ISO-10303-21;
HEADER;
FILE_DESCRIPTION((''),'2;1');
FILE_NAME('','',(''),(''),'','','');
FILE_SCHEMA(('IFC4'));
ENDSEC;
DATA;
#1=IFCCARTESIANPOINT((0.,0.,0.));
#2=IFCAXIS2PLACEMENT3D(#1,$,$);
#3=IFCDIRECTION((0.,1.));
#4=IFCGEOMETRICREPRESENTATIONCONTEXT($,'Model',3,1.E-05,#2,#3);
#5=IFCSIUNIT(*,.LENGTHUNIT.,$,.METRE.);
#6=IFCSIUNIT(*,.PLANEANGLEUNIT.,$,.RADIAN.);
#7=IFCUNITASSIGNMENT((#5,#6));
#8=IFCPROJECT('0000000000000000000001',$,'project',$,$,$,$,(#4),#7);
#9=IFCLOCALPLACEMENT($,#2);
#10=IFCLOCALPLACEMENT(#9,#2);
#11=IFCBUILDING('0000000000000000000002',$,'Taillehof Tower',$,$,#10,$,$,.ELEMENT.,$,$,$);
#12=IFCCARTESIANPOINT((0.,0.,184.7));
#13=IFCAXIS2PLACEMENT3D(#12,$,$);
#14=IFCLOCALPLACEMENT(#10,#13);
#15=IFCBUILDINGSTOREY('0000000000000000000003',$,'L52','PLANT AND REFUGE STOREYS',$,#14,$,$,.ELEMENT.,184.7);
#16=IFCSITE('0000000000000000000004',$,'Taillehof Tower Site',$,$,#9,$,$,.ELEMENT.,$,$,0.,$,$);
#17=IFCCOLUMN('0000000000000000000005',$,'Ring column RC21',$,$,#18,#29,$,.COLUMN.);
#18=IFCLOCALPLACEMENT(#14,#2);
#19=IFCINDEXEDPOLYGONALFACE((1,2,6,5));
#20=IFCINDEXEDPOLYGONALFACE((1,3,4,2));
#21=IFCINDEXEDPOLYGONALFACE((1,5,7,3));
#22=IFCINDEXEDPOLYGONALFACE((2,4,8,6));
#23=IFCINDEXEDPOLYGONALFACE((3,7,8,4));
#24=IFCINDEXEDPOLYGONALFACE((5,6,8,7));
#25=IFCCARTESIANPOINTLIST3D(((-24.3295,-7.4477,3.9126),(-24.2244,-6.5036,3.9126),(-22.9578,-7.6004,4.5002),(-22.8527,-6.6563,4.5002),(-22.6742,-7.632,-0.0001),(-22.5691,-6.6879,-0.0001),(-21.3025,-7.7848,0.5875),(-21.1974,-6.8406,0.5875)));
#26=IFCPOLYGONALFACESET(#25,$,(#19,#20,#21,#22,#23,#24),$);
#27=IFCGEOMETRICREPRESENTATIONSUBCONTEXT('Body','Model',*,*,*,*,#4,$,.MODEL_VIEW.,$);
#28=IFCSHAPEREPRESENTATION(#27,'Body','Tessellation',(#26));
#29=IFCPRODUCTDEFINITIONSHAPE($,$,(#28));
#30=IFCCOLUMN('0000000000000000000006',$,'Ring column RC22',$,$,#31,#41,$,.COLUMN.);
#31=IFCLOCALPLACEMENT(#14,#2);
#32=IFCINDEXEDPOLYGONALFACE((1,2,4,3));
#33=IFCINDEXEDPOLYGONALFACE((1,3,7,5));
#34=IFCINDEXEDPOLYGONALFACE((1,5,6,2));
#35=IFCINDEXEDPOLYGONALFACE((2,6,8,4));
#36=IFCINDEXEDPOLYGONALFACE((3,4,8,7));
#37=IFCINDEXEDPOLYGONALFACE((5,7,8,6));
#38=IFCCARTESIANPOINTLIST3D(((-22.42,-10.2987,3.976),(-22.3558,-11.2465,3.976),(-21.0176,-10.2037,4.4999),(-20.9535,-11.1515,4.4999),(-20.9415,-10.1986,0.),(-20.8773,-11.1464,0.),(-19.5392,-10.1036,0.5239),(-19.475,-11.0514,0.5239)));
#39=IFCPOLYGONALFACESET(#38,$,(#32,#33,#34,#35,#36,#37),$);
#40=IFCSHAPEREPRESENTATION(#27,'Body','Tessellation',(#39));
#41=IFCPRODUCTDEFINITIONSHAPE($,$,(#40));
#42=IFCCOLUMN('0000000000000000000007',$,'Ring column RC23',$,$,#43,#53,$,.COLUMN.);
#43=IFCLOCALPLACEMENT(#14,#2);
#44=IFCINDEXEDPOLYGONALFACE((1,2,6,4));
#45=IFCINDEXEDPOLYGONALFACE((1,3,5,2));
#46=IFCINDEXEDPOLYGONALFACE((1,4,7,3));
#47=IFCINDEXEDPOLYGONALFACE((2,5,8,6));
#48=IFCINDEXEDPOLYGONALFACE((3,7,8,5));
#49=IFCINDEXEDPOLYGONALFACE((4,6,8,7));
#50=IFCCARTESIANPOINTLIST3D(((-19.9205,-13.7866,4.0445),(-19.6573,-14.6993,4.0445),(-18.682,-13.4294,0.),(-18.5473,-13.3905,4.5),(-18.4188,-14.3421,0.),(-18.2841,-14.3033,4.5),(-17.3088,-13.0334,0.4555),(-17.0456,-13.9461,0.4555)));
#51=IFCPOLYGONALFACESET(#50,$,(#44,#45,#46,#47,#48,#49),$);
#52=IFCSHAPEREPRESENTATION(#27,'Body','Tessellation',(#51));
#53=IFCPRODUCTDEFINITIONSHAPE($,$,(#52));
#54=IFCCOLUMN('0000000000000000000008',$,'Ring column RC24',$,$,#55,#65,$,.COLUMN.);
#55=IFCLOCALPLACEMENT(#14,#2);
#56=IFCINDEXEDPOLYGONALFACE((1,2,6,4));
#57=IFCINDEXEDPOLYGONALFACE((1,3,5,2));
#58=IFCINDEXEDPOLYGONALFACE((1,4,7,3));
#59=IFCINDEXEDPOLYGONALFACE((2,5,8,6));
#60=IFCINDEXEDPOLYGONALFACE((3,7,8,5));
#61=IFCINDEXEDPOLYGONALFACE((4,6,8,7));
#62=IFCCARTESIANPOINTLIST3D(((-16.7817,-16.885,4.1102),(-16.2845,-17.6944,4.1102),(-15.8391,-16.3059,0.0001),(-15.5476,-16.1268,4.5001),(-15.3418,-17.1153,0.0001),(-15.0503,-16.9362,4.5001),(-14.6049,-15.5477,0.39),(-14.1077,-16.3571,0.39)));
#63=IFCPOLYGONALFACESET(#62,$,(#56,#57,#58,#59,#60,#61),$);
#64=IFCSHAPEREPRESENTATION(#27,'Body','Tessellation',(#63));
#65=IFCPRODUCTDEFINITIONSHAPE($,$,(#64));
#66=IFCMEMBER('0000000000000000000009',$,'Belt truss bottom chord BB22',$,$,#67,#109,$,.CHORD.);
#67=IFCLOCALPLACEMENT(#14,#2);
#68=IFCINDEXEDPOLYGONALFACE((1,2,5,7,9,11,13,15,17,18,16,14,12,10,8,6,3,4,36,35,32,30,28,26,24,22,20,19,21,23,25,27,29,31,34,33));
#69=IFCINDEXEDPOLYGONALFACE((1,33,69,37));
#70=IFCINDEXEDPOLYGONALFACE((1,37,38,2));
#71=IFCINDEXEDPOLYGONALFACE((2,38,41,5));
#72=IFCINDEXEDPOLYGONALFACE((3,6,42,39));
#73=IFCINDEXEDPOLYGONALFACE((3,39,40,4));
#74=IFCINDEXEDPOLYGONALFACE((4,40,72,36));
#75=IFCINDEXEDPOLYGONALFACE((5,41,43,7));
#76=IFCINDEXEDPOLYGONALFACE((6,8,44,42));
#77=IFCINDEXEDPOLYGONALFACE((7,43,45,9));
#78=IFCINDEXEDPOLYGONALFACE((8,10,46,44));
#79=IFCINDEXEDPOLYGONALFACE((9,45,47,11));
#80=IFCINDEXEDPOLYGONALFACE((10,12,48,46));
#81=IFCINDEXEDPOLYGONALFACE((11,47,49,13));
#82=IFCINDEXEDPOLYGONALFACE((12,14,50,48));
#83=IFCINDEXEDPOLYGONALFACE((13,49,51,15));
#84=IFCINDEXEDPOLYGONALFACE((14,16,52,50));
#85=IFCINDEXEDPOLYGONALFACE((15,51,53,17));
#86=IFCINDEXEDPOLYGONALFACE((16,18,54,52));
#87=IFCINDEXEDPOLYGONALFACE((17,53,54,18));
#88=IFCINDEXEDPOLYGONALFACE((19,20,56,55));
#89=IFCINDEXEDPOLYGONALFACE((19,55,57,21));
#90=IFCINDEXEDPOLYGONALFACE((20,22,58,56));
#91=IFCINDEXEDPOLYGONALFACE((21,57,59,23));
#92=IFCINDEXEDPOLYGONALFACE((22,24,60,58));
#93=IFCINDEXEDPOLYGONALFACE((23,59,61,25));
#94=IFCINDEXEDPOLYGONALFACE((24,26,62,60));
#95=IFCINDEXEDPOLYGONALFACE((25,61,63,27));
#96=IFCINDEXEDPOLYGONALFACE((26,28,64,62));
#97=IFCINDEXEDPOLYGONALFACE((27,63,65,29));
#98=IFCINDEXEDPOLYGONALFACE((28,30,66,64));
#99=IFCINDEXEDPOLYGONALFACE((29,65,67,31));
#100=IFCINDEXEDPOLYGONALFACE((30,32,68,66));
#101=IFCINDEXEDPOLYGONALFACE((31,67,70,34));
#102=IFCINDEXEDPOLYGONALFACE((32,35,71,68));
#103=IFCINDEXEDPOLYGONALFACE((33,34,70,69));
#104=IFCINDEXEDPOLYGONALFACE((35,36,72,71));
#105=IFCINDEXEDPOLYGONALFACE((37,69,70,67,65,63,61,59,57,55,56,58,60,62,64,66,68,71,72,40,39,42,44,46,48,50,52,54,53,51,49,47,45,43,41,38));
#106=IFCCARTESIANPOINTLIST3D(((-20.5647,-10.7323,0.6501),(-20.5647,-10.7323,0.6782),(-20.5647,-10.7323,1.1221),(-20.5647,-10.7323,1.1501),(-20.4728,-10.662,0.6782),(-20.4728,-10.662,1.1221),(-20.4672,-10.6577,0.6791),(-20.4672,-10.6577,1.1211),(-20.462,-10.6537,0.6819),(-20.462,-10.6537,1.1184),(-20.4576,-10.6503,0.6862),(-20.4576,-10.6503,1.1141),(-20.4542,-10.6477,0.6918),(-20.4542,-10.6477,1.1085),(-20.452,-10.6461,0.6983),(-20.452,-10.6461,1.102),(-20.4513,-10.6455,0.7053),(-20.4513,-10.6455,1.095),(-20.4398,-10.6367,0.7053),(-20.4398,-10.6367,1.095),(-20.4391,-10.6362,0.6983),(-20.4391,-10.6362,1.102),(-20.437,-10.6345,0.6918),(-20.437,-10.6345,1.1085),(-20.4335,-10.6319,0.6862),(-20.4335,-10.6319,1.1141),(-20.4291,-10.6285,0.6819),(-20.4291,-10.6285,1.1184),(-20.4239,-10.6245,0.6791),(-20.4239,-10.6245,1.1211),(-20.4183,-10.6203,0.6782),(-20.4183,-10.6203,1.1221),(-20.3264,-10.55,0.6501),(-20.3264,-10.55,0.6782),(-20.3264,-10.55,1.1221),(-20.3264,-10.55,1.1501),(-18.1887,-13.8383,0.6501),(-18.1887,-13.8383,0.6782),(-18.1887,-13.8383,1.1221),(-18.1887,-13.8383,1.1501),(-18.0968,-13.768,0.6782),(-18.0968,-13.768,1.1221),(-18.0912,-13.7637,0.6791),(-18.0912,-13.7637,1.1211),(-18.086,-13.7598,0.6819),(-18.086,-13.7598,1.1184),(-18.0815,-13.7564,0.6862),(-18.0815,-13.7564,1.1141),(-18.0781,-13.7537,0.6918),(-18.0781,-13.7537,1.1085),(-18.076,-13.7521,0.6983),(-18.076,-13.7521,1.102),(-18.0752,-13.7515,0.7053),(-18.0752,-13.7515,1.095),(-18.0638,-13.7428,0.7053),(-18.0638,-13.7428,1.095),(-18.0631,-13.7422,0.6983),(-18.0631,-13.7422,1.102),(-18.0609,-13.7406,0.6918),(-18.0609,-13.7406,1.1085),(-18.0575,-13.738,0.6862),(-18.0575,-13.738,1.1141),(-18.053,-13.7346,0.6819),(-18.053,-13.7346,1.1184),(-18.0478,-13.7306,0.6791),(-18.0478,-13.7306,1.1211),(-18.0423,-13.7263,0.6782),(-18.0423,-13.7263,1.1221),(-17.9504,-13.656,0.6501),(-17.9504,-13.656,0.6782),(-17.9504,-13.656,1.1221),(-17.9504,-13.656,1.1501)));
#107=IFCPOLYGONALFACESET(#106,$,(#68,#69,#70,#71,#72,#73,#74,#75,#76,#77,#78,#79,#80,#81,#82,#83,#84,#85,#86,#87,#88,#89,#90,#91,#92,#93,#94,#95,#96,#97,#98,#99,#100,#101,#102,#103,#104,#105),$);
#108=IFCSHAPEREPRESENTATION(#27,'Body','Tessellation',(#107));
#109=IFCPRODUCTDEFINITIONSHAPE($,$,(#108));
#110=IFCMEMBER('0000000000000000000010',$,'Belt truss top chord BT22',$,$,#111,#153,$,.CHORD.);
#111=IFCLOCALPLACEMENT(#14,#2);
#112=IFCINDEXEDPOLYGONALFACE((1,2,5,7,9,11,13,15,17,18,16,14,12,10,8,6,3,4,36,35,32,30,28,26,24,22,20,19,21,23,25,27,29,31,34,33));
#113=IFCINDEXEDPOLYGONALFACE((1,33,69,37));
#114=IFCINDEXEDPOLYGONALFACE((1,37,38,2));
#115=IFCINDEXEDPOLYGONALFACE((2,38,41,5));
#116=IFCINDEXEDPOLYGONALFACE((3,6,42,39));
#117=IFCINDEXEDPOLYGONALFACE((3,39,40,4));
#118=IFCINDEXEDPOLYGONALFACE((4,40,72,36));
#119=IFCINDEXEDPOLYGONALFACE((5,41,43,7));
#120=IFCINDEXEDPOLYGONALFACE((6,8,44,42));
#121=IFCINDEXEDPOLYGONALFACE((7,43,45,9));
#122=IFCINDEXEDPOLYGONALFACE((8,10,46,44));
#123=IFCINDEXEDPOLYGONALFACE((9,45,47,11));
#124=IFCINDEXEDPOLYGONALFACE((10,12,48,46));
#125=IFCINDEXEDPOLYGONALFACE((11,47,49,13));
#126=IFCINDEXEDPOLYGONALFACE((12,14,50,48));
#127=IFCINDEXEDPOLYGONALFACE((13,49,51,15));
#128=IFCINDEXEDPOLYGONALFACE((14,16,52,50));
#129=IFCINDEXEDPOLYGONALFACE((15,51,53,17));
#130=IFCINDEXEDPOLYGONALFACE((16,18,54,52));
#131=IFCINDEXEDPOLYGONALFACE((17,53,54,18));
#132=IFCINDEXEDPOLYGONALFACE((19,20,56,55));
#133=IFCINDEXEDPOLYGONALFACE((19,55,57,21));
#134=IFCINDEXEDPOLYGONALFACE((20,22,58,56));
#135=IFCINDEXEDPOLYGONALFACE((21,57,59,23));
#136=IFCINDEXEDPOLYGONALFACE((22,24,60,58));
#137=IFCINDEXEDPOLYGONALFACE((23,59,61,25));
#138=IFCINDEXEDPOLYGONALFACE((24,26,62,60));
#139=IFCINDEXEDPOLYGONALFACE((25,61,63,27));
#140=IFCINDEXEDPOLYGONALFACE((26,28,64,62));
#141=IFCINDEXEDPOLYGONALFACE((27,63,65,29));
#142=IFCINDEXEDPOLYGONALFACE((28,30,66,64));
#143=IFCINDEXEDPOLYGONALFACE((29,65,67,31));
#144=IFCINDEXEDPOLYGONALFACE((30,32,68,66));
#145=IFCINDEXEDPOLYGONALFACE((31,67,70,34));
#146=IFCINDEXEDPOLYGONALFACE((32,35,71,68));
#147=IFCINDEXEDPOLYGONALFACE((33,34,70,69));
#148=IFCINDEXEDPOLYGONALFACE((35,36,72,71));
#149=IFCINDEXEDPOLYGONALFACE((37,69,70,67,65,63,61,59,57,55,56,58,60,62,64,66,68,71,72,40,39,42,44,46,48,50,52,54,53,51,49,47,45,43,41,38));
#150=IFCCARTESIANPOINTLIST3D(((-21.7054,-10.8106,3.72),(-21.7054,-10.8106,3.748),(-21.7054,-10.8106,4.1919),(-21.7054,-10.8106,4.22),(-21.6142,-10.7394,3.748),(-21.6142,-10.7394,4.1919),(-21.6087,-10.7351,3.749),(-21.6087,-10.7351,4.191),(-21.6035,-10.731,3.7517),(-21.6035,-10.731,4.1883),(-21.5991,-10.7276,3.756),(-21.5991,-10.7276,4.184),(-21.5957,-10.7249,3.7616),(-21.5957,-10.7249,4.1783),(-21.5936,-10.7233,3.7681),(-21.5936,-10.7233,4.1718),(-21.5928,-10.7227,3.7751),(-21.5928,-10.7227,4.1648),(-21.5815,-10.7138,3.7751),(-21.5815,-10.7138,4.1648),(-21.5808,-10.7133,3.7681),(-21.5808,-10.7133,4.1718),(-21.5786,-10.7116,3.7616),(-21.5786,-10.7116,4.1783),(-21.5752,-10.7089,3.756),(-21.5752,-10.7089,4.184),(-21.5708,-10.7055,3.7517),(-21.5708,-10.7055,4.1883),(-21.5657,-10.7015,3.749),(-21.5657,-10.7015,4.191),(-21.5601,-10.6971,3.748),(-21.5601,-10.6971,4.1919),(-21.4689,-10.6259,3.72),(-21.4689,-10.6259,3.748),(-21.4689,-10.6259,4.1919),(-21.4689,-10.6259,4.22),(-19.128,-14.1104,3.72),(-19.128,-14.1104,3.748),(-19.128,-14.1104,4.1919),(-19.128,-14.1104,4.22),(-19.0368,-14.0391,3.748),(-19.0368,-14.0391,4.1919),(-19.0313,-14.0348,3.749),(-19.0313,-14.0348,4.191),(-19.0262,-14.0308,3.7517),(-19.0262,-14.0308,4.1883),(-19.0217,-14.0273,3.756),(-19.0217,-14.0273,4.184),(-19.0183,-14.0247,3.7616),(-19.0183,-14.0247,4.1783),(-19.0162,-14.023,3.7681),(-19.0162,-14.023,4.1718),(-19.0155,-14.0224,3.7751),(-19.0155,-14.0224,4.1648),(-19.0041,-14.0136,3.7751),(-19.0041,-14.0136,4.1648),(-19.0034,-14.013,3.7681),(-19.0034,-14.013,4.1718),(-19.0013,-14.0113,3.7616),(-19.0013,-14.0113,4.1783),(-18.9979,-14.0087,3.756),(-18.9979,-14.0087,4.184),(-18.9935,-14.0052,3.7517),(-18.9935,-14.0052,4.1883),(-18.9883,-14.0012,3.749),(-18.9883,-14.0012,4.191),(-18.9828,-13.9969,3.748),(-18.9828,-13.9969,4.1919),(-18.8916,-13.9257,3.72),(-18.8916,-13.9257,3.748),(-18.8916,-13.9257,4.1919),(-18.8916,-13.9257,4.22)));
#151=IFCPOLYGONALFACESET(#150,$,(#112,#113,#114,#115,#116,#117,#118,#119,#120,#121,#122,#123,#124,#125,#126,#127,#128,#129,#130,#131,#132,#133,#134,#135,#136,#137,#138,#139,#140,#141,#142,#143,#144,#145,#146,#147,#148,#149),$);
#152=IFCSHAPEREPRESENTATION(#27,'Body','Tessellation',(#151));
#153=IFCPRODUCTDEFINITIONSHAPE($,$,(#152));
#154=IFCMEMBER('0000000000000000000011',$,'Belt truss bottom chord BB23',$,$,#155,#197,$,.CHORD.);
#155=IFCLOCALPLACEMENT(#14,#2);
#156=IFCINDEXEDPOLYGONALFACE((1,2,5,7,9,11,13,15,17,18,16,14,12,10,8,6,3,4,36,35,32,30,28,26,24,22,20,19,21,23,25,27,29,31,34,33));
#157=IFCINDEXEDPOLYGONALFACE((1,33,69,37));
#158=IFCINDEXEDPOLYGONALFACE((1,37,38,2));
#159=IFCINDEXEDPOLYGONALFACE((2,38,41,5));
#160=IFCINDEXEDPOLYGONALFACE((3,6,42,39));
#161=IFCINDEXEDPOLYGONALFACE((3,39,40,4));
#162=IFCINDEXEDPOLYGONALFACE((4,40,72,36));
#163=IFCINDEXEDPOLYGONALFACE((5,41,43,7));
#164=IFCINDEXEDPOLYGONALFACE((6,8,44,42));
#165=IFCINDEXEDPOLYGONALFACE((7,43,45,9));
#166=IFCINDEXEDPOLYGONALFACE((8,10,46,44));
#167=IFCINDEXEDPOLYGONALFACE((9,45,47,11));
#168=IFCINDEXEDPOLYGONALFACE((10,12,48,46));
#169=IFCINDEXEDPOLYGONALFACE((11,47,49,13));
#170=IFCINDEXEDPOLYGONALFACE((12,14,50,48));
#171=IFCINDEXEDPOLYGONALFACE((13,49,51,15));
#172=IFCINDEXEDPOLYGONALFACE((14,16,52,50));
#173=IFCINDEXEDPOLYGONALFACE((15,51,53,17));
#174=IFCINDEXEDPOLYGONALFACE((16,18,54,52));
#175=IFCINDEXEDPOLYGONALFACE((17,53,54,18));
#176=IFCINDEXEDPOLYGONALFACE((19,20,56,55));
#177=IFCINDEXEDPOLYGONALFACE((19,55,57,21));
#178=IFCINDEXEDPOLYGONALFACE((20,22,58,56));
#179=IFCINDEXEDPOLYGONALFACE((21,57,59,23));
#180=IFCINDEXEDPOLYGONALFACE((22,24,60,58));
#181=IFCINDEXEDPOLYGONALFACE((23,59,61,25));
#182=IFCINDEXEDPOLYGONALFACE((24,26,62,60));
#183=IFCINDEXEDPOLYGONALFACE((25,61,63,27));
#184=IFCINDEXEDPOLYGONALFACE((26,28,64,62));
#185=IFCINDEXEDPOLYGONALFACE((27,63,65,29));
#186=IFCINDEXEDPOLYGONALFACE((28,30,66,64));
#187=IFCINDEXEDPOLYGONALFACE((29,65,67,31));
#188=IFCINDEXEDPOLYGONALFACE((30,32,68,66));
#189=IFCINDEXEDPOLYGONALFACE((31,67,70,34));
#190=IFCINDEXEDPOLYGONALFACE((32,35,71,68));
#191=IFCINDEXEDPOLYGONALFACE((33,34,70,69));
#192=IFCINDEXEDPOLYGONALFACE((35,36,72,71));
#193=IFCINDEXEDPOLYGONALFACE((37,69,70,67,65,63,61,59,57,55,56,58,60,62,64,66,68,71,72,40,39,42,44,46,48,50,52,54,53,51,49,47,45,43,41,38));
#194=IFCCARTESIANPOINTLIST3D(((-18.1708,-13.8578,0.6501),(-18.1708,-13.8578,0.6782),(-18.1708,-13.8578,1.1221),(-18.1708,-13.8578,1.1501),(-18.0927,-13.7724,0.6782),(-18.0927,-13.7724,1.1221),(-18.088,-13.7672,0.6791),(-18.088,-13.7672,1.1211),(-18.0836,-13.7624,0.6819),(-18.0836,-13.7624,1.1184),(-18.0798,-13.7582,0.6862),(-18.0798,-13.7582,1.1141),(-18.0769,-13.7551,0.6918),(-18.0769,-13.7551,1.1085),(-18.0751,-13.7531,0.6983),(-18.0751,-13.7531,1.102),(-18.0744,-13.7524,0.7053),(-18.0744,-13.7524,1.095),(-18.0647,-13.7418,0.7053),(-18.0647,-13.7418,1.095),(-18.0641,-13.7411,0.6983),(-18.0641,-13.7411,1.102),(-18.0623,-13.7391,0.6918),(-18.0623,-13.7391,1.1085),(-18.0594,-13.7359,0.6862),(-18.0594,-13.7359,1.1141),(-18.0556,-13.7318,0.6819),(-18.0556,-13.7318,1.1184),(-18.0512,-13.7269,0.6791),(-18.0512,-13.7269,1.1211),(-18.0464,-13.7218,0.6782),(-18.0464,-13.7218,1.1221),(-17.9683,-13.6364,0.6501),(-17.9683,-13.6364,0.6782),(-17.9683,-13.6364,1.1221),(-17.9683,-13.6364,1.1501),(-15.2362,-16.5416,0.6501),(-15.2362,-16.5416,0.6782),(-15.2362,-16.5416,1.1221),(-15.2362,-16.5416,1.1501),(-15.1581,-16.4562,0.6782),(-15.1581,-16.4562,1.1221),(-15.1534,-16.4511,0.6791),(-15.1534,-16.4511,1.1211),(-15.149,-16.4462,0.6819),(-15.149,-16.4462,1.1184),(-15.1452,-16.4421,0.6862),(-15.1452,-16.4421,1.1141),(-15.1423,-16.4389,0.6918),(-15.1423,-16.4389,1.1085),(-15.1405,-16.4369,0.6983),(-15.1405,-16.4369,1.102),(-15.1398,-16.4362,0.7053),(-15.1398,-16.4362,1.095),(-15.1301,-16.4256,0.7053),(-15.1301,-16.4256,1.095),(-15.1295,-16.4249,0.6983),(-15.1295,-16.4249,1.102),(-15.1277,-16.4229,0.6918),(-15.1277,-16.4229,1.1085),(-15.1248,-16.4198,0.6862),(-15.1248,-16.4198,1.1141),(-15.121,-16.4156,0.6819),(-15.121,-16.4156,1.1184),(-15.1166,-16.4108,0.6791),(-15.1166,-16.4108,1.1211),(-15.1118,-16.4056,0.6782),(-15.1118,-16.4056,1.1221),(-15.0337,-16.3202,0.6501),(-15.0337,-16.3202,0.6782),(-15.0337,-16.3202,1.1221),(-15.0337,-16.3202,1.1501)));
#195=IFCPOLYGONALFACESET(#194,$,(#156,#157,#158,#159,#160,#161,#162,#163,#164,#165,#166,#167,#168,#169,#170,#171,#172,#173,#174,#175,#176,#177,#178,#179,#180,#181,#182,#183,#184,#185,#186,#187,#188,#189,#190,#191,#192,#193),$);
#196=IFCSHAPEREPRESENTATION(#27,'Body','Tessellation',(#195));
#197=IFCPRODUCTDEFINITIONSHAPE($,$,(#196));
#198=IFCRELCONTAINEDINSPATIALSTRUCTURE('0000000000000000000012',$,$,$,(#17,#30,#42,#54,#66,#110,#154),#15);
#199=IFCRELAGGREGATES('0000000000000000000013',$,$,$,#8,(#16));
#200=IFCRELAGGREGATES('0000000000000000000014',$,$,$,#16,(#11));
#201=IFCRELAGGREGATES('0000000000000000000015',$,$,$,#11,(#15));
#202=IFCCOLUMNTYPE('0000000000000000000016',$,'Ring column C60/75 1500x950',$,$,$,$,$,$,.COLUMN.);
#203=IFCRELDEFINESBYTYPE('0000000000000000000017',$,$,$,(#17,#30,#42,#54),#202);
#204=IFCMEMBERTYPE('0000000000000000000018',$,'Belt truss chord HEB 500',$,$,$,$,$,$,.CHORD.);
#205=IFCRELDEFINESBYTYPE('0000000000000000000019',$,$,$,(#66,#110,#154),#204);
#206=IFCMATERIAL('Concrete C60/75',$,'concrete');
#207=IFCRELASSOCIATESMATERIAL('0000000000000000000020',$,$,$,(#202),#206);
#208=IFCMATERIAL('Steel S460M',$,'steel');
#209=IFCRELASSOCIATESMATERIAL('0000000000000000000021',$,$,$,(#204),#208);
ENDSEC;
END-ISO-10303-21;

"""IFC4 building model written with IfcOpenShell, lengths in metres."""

from ifc_helpers import new_model, si_unit, direction, frame, origin, origin_2d, place, context, subcontext, project, spatial, rectangle, i_section, extrude, material, material_profile, profile_set, type_object, element, save


model = new_model("IFC4")

# Units and contexts
model_context = context("Model", 3, precision=1e-05, world=origin(), true_north=direction((0.0, 1.0)))
body_context = subcontext(model_context, "Body", "Model", "MODEL_VIEW")
ifc_project = project(units=[si_unit("LENGTHUNIT", "METRE"), si_unit("PLANEANGLEUNIT", "RADIAN")], contexts=[model_context])

# Site, building, storey
site_placement = place(None, origin())
site = spatial("IfcSite", under=ifc_project, at=site_placement, Name="Taillehof Tower Site", CompositionType="ELEMENT", RefElevation=0.0)
building_placement = place(site_placement, origin())
building = spatial("IfcBuilding", under=site, at=building_placement, Name="Taillehof Tower", CompositionType="ELEMENT")
storey_placement = place(building_placement, frame((0.0, 0.0, 184.7)))
storey = spatial("IfcBuildingStorey", under=building, at=storey_placement, Name="L52", Description="PLANT AND REFUGE STOREYS", CompositionType="ELEMENT", Elevation=184.7)

# Columns
ifc_material_1 = material(Name="Concrete C60/75", Category="concrete")
ifc_material_profile_1 = material_profile(ifc_material_1, rectangle(XDim=1.5, YDim=0.95, at=origin_2d()), Name="RC 1500x950")
ifc_profile_set_1 = profile_set([ifc_material_profile_1], Name="Concrete C60/75")
column_type = type_object("IfcColumnType", Name="Ring column C60/75 1500x950", PredefinedType="COLUMN", material=ifc_profile_set_1)
column_1_placement = place(storey_placement, frame((-21.9358, -7.2363, 0.2937), z_axis=(-0.389263, 0.043347, 0.920106), x_axis=(0.914454, -0.101831, 0.391669)))
element("IfcColumn", 1, at=column_1_placement, inside=storey, type_object=column_type, Name="Ring column RC21", PredefinedType="COLUMN", context=body_context, shape_type="SweptSolid", body=[
    extrude(rectangle(XDim=1.5, YDim=0.95, at=origin_2d()), origin(), (0.0, 0.0, 1.0), 4.2524),
])
column_2_placement = place(storey_placement, frame((-20.2083, -10.625, 0.262), z_axis=(-0.348439, -0.02359, 0.937034), x_axis=(0.934894, 0.063294, 0.349237)))
element("IfcColumn", 2, at=column_2_placement, inside=storey, type_object=column_type, Name="Ring column RC22", PredefinedType="COLUMN", context=body_context, shape_type="SweptSolid", body=[
    extrude(rectangle(XDim=1.5, YDim=0.95, at=origin_2d()), origin(), (0.0, 0.0, 1.0), 4.2432),
])
column_3_placement = place(storey_placement, frame((-17.8638, -13.6877, 0.2278), z_axis=(-0.29177, -0.084143, 0.95278), x_axis=(0.915471, 0.264012, 0.30366)))
element("IfcColumn", 3, at=column_3_placement, inside=storey, type_object=column_type, Name="Ring column RC23", PredefinedType="COLUMN", context=body_context, shape_type="SweptSolid", body=[
    extrude(rectangle(XDim=1.5, YDim=0.95, at=origin_2d()), origin(), (0.0, 0.0, 1.0), 4.2449),
])
column_4_placement = place(storey_placement, frame((-14.9734, -16.3315, 0.1951), z_axis=(-0.221461, -0.136055, 0.965631), x_axis=(0.822768, 0.505467, 0.259915)))
element("IfcColumn", 4, at=column_4_placement, inside=storey, type_object=column_type, Name="Ring column RC24", PredefinedType="COLUMN", context=body_context, shape_type="SweptSolid", body=[
    extrude(rectangle(XDim=1.5, YDim=0.95, at=origin_2d()), origin(), (0.0, 0.0, 1.0), 4.2563),
])

# Members
ifc_material_2 = material(Name="Steel S460M", Category="steel")
ifc_material_profile_2 = material_profile(ifc_material_2, i_section(OverallWidth=0.3, OverallDepth=0.5, WebThickness=0.0144, FlangeThickness=0.0281, FilletRadius=0.0271, at=origin_2d()), Name="HEB 500")
ifc_profile_set_2 = profile_set([ifc_material_profile_2], Name="Steel S460M")
member_type_1 = type_object("IfcMemberType", Name="Belt truss chord HEB 500", PredefinedType="CHORD", material=ifc_profile_set_2)
member_1_placement = place(storey_placement, frame((-20.4456, -10.6411, 0.9001), z_axis=(0.607585, -0.794255, 0.0), x_axis=(0.794255, 0.607585, 0.0)))
element("IfcMember", 5, at=member_1_placement, inside=storey, type_object=member_type_1, Name="Belt truss bottom chord BB22", PredefinedType="CHORD", context=body_context, shape_type="SweptSolid", body=[
    extrude(i_section(OverallWidth=0.3, OverallDepth=0.5, WebThickness=0.0144, FlangeThickness=0.0281, FilletRadius=0.0271, at=origin_2d()), origin(), (0.0, 0.0, 1.0), 3.9106),
])
member_2_placement = place(storey_placement, frame((-21.5872, -10.7183, 3.97), z_axis=(0.615558, -0.788092, 0.0), x_axis=(0.788092, 0.615558, 0.0)))
element("IfcMember", 6, at=member_2_placement, inside=storey, type_object=member_type_1, Name="Belt truss top chord BT22", PredefinedType="CHORD", context=body_context, shape_type="SweptSolid", body=[
    extrude(i_section(OverallWidth=0.3, OverallDepth=0.5, WebThickness=0.0144, FlangeThickness=0.0281, FilletRadius=0.0271, at=origin_2d()), origin(), (0.0, 0.0, 1.0), 4.187),
])
member_3_placement = place(storey_placement, frame((-18.0696, -13.7471, 0.9001), z_axis=(0.737928, -0.674879, 0.0), x_axis=(0.674879, 0.737928, 0.0)))
element("IfcMember", 7, at=member_3_placement, inside=storey, type_object=member_type_1, Name="Belt truss bottom chord BB23", PredefinedType="CHORD", context=body_context, shape_type="SweptSolid", body=[
    extrude(i_section(OverallWidth=0.3, OverallDepth=0.5, WebThickness=0.0144, FlangeThickness=0.0281, FilletRadius=0.0271, at=origin_2d()), origin(), (0.0, 0.0, 1.0), 3.9768),
])

save(model, "model.ifc")
